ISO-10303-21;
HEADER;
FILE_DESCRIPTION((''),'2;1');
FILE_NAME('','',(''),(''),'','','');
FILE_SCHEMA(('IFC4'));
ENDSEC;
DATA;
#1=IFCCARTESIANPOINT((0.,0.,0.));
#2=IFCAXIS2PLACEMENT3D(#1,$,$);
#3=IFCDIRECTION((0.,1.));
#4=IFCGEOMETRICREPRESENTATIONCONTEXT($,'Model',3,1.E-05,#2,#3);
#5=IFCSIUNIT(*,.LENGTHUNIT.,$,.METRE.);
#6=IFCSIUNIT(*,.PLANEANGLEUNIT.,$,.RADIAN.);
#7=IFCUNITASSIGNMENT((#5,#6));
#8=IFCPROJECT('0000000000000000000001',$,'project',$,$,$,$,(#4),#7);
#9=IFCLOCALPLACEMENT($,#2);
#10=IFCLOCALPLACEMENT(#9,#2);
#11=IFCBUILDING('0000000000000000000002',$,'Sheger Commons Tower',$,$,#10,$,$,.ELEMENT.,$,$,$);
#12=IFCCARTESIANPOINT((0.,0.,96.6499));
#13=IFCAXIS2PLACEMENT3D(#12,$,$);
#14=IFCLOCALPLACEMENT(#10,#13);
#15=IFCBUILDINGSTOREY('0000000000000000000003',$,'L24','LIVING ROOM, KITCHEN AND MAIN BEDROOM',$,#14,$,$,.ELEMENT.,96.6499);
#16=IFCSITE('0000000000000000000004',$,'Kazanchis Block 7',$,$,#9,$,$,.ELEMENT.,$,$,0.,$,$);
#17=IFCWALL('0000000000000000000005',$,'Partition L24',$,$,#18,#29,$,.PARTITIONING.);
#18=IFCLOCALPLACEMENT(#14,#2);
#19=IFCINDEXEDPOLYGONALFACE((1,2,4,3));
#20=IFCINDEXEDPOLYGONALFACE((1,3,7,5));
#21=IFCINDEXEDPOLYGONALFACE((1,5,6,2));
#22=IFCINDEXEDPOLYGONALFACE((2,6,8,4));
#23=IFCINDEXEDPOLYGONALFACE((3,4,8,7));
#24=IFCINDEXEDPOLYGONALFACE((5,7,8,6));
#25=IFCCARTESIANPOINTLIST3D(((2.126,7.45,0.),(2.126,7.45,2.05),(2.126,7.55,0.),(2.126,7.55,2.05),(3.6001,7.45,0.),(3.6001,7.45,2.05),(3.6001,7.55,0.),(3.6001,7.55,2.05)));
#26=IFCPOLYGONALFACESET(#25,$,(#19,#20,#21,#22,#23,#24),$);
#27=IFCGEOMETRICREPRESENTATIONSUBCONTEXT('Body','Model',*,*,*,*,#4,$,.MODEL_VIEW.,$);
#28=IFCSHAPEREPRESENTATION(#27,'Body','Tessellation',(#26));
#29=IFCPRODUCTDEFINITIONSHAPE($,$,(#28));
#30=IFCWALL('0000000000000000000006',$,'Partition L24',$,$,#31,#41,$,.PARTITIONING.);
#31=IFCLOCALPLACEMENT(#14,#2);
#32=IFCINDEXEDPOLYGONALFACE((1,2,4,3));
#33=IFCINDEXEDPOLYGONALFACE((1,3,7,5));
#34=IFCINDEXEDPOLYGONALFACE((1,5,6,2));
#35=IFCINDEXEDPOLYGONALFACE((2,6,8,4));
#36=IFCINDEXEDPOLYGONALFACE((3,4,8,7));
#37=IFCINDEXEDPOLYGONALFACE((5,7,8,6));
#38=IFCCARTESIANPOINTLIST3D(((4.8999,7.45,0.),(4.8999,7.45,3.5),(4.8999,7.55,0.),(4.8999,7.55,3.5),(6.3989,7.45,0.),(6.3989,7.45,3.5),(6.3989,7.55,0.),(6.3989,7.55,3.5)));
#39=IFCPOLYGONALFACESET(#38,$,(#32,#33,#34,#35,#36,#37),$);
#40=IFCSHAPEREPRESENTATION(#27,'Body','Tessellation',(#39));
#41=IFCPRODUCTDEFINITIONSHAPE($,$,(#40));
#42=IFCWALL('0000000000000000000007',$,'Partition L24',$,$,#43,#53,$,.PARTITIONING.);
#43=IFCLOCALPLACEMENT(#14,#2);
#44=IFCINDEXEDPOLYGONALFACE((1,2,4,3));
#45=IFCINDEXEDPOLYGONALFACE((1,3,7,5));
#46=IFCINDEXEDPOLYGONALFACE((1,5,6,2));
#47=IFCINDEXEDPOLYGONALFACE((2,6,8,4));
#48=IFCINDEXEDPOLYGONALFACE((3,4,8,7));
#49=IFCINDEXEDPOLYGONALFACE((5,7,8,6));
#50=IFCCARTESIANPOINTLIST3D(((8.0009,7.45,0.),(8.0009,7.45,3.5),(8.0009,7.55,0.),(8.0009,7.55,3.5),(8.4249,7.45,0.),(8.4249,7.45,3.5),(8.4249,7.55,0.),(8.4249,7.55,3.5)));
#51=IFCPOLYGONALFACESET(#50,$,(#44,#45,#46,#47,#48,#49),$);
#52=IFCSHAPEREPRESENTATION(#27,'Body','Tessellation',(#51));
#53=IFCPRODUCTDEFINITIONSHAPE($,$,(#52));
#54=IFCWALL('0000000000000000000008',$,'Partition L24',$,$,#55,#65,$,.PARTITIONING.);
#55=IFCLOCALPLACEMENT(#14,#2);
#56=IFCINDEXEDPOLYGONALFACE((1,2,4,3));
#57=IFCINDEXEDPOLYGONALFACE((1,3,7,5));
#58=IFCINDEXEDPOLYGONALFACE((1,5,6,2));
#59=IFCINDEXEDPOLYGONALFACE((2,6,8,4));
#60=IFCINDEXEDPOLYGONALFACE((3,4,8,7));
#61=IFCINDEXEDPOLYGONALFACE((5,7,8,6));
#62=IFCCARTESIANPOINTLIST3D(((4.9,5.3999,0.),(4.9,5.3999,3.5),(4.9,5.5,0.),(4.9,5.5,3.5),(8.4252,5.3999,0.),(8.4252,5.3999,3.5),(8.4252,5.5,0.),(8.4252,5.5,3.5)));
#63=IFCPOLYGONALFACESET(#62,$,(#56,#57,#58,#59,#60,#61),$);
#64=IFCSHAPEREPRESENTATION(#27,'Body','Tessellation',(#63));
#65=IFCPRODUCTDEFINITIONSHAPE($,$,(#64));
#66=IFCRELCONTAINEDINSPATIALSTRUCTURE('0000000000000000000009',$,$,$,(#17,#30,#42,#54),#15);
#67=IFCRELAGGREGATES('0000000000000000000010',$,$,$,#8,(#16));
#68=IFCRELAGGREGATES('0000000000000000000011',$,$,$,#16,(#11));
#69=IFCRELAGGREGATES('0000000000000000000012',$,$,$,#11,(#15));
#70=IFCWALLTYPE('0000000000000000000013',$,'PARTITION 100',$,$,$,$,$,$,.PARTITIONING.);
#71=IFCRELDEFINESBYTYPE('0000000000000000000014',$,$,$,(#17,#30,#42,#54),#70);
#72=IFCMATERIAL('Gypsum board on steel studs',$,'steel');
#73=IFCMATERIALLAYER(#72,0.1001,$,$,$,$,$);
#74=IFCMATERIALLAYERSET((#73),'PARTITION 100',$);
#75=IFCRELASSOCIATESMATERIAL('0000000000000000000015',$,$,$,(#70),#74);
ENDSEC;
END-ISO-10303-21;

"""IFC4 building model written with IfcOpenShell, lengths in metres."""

from ifc_helpers import new_model, si_unit, direction, frame, frame_2d, origin, place, context, subcontext, project, spatial, rectangle, extrude, material, layer, layer_set, type_object, element, save


model = new_model("IFC4")

# Units and contexts
model_context = context("Model", 3, precision=1e-05, world=origin(), true_north=direction((0.0, 1.0)))
body_context = subcontext(model_context, "Body", "Model", "MODEL_VIEW")
ifc_project = project(units=[si_unit("LENGTHUNIT", "METRE"), si_unit("PLANEANGLEUNIT", "RADIAN")], contexts=[model_context])

# Site, building, storey
site_placement = place(None, origin())
site = spatial("IfcSite", under=ifc_project, at=site_placement, Name="Kazanchis Block 7", CompositionType="ELEMENT", RefElevation=0.0)
building_placement = place(site_placement, origin())
building = spatial("IfcBuilding", under=site, at=building_placement, Name="Sheger Commons Tower", CompositionType="ELEMENT")
storey_placement = place(building_placement, frame((0.0, 0.0, 96.6499)))
storey = spatial("IfcBuildingStorey", under=building, at=storey_placement, Name="L24", Description="LIVING ROOM, KITCHEN AND MAIN BEDROOM", CompositionType="ELEMENT", Elevation=96.6499)

# Shared definitions
ifc_material_1 = material(Name="Gypsum board on steel studs", Category="steel")
ifc_layer_1 = layer(ifc_material_1, 0.1001)
ifc_layer_set_1 = layer_set([ifc_layer_1], Name="PARTITION 100")
wall_type_1 = type_object("IfcWallType", Name="PARTITION 100", PredefinedType="PARTITIONING", material=ifc_layer_set_1)

# Walls
wall_1_placement = place(storey_placement, frame((2.126, 7.5, 0.0), z_axis=(0.0, 0.0, 1.0), x_axis=(1.0, 0.0, 0.0)))
element("IfcWall", 1, at=wall_1_placement, inside=storey, type_object=wall_type_1, Name="Partition L24", PredefinedType="PARTITIONING", context=body_context, shape_type="SweptSolid", body=[
    extrude(rectangle(XDim=1.4741, YDim=0.1001, at=frame_2d((0.7371, 0.0))), origin(), (0.0, 0.0, 1.0), 2.05),
])
wall_2_placement = place(storey_placement, frame((4.8999, 7.5, 0.0), z_axis=(0.0, 0.0, 1.0), x_axis=(1.0, 0.0, 0.0)))
element("IfcWall", 2, at=wall_2_placement, inside=storey, type_object=wall_type_1, Name="Partition L24", PredefinedType="PARTITIONING", context=body_context, shape_type="SweptSolid", body=[
    extrude(rectangle(XDim=1.499, YDim=0.1001, at=frame_2d((0.7495, 0.0))), origin(), (0.0, 0.0, 1.0), 3.5),
])
wall_3_placement = place(storey_placement, frame((8.001, 7.5, 0.0), z_axis=(0.0, 0.0, 1.0), x_axis=(1.0, 0.0, 0.0)))
element("IfcWall", 3, at=wall_3_placement, inside=storey, type_object=wall_type_1, Name="Partition L24", PredefinedType="PARTITIONING", context=body_context, shape_type="SweptSolid", body=[
    extrude(rectangle(XDim=0.4241, YDim=0.1001, at=frame_2d((0.2119, 0.0))), origin(), (0.0, 0.0, 1.0), 3.5),
])
wall_4_placement = place(storey_placement, frame((4.8999, 5.45, 0.0), z_axis=(0.0, 0.0, 1.0), x_axis=(1.0, 0.0, 0.0)))
element("IfcWall", 4, at=wall_4_placement, inside=storey, type_object=wall_type_1, Name="Partition L24", PredefinedType="PARTITIONING", context=body_context, shape_type="SweptSolid", body=[
    extrude(rectangle(XDim=3.5251, YDim=0.1001, at=frame_2d((1.7627, 0.0))), origin(), (0.0, 0.0, 1.0), 3.5),
])

save(model, "model.ifc")
